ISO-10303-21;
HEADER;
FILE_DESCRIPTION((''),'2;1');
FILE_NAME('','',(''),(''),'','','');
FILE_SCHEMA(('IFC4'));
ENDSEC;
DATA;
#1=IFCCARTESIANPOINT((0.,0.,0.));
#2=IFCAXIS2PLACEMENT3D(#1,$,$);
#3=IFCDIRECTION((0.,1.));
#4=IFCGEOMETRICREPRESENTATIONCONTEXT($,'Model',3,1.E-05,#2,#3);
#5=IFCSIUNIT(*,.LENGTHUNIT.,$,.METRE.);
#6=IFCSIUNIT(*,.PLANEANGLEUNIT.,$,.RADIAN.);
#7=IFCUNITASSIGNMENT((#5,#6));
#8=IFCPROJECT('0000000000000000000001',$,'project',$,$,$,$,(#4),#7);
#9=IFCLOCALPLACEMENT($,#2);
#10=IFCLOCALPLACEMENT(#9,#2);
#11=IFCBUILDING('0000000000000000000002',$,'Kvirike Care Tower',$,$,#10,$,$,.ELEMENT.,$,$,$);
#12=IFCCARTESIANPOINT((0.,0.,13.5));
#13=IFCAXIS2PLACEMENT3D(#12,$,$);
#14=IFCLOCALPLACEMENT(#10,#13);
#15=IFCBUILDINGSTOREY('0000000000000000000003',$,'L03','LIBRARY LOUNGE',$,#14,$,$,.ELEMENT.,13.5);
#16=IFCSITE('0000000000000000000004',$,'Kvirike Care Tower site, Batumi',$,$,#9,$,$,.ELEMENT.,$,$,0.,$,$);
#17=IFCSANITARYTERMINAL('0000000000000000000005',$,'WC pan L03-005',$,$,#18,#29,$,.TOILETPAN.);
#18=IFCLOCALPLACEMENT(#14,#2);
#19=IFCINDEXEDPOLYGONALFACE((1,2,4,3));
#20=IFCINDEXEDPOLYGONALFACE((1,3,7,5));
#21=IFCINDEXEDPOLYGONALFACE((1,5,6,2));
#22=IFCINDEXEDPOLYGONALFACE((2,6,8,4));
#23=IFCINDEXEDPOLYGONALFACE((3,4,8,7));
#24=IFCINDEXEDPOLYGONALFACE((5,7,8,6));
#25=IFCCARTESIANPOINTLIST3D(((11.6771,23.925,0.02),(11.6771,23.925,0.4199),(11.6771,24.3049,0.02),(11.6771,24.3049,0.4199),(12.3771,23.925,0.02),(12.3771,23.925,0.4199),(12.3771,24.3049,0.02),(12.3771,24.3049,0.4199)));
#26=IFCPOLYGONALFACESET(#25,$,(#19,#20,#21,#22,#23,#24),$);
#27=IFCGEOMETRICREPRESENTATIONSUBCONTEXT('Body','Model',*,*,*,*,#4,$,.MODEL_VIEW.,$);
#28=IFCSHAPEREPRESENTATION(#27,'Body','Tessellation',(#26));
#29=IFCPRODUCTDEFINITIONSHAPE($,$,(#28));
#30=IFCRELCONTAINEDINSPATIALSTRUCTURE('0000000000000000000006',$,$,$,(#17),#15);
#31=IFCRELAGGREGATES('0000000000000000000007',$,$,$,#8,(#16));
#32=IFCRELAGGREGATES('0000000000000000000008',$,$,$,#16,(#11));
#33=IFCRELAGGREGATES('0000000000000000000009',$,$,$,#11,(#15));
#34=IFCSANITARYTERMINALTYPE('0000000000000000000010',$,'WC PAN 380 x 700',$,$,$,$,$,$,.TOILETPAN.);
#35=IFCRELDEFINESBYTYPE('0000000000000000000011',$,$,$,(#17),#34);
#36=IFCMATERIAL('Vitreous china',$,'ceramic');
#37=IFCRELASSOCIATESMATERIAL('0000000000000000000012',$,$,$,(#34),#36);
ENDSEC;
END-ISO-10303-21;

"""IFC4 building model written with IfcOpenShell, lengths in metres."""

from ifc_helpers import new_model, si_unit, direction, frame, origin, origin_2d, place, context, subcontext, project, spatial, rectangle, extrude, material, type_object, element, save


model = new_model("IFC4")

# Units and contexts
model_context = context("Model", 3, precision=1e-05, world=origin(), true_north=direction((0.0, 1.0)))
body_context = subcontext(model_context, "Body", "Model", "MODEL_VIEW")
ifc_project = project(units=[si_unit("LENGTHUNIT", "METRE"), si_unit("PLANEANGLEUNIT", "RADIAN")], contexts=[model_context])

# Site, building, storey
site_placement = place(None, origin())
site = spatial("IfcSite", under=ifc_project, at=site_placement, Name="Kvirike Care Tower site, Batumi", CompositionType="ELEMENT", RefElevation=0.0)
building_placement = place(site_placement, origin())
building = spatial("IfcBuilding", under=site, at=building_placement, Name="Kvirike Care Tower", CompositionType="ELEMENT")
storey_placement = place(building_placement, frame((0.0, 0.0, 13.5)))
storey = spatial("IfcBuildingStorey", under=building, at=storey_placement, Name="L03", Description="LIBRARY LOUNGE", CompositionType="ELEMENT", Elevation=13.5)

# Sanitary terminal
ifc_material_1 = material(Name="Vitreous china", Category="ceramic")
sanitary_terminal_type_1 = type_object("IfcSanitaryTerminalType", Name="WC PAN 380 x 700", PredefinedType="TOILETPAN", material=ifc_material_1)
sanitary_terminal_placement = place(storey_placement, frame((12.0271, 24.115, 0.02), z_axis=(0.0, 0.0, 1.0), x_axis=(0.0, 1.0, 0.0)))
element("IfcSanitaryTerminal", 1, at=sanitary_terminal_placement, inside=storey, type_object=sanitary_terminal_type_1, Name="WC pan L03-005", PredefinedType="TOILETPAN", context=body_context, shape_type="SweptSolid", body=[
    extrude(rectangle(XDim=0.3799, YDim=0.7, at=origin_2d()), origin(), (0.0, 0.0, 1.0), 0.3999),
])

save(model, "model.ifc")
